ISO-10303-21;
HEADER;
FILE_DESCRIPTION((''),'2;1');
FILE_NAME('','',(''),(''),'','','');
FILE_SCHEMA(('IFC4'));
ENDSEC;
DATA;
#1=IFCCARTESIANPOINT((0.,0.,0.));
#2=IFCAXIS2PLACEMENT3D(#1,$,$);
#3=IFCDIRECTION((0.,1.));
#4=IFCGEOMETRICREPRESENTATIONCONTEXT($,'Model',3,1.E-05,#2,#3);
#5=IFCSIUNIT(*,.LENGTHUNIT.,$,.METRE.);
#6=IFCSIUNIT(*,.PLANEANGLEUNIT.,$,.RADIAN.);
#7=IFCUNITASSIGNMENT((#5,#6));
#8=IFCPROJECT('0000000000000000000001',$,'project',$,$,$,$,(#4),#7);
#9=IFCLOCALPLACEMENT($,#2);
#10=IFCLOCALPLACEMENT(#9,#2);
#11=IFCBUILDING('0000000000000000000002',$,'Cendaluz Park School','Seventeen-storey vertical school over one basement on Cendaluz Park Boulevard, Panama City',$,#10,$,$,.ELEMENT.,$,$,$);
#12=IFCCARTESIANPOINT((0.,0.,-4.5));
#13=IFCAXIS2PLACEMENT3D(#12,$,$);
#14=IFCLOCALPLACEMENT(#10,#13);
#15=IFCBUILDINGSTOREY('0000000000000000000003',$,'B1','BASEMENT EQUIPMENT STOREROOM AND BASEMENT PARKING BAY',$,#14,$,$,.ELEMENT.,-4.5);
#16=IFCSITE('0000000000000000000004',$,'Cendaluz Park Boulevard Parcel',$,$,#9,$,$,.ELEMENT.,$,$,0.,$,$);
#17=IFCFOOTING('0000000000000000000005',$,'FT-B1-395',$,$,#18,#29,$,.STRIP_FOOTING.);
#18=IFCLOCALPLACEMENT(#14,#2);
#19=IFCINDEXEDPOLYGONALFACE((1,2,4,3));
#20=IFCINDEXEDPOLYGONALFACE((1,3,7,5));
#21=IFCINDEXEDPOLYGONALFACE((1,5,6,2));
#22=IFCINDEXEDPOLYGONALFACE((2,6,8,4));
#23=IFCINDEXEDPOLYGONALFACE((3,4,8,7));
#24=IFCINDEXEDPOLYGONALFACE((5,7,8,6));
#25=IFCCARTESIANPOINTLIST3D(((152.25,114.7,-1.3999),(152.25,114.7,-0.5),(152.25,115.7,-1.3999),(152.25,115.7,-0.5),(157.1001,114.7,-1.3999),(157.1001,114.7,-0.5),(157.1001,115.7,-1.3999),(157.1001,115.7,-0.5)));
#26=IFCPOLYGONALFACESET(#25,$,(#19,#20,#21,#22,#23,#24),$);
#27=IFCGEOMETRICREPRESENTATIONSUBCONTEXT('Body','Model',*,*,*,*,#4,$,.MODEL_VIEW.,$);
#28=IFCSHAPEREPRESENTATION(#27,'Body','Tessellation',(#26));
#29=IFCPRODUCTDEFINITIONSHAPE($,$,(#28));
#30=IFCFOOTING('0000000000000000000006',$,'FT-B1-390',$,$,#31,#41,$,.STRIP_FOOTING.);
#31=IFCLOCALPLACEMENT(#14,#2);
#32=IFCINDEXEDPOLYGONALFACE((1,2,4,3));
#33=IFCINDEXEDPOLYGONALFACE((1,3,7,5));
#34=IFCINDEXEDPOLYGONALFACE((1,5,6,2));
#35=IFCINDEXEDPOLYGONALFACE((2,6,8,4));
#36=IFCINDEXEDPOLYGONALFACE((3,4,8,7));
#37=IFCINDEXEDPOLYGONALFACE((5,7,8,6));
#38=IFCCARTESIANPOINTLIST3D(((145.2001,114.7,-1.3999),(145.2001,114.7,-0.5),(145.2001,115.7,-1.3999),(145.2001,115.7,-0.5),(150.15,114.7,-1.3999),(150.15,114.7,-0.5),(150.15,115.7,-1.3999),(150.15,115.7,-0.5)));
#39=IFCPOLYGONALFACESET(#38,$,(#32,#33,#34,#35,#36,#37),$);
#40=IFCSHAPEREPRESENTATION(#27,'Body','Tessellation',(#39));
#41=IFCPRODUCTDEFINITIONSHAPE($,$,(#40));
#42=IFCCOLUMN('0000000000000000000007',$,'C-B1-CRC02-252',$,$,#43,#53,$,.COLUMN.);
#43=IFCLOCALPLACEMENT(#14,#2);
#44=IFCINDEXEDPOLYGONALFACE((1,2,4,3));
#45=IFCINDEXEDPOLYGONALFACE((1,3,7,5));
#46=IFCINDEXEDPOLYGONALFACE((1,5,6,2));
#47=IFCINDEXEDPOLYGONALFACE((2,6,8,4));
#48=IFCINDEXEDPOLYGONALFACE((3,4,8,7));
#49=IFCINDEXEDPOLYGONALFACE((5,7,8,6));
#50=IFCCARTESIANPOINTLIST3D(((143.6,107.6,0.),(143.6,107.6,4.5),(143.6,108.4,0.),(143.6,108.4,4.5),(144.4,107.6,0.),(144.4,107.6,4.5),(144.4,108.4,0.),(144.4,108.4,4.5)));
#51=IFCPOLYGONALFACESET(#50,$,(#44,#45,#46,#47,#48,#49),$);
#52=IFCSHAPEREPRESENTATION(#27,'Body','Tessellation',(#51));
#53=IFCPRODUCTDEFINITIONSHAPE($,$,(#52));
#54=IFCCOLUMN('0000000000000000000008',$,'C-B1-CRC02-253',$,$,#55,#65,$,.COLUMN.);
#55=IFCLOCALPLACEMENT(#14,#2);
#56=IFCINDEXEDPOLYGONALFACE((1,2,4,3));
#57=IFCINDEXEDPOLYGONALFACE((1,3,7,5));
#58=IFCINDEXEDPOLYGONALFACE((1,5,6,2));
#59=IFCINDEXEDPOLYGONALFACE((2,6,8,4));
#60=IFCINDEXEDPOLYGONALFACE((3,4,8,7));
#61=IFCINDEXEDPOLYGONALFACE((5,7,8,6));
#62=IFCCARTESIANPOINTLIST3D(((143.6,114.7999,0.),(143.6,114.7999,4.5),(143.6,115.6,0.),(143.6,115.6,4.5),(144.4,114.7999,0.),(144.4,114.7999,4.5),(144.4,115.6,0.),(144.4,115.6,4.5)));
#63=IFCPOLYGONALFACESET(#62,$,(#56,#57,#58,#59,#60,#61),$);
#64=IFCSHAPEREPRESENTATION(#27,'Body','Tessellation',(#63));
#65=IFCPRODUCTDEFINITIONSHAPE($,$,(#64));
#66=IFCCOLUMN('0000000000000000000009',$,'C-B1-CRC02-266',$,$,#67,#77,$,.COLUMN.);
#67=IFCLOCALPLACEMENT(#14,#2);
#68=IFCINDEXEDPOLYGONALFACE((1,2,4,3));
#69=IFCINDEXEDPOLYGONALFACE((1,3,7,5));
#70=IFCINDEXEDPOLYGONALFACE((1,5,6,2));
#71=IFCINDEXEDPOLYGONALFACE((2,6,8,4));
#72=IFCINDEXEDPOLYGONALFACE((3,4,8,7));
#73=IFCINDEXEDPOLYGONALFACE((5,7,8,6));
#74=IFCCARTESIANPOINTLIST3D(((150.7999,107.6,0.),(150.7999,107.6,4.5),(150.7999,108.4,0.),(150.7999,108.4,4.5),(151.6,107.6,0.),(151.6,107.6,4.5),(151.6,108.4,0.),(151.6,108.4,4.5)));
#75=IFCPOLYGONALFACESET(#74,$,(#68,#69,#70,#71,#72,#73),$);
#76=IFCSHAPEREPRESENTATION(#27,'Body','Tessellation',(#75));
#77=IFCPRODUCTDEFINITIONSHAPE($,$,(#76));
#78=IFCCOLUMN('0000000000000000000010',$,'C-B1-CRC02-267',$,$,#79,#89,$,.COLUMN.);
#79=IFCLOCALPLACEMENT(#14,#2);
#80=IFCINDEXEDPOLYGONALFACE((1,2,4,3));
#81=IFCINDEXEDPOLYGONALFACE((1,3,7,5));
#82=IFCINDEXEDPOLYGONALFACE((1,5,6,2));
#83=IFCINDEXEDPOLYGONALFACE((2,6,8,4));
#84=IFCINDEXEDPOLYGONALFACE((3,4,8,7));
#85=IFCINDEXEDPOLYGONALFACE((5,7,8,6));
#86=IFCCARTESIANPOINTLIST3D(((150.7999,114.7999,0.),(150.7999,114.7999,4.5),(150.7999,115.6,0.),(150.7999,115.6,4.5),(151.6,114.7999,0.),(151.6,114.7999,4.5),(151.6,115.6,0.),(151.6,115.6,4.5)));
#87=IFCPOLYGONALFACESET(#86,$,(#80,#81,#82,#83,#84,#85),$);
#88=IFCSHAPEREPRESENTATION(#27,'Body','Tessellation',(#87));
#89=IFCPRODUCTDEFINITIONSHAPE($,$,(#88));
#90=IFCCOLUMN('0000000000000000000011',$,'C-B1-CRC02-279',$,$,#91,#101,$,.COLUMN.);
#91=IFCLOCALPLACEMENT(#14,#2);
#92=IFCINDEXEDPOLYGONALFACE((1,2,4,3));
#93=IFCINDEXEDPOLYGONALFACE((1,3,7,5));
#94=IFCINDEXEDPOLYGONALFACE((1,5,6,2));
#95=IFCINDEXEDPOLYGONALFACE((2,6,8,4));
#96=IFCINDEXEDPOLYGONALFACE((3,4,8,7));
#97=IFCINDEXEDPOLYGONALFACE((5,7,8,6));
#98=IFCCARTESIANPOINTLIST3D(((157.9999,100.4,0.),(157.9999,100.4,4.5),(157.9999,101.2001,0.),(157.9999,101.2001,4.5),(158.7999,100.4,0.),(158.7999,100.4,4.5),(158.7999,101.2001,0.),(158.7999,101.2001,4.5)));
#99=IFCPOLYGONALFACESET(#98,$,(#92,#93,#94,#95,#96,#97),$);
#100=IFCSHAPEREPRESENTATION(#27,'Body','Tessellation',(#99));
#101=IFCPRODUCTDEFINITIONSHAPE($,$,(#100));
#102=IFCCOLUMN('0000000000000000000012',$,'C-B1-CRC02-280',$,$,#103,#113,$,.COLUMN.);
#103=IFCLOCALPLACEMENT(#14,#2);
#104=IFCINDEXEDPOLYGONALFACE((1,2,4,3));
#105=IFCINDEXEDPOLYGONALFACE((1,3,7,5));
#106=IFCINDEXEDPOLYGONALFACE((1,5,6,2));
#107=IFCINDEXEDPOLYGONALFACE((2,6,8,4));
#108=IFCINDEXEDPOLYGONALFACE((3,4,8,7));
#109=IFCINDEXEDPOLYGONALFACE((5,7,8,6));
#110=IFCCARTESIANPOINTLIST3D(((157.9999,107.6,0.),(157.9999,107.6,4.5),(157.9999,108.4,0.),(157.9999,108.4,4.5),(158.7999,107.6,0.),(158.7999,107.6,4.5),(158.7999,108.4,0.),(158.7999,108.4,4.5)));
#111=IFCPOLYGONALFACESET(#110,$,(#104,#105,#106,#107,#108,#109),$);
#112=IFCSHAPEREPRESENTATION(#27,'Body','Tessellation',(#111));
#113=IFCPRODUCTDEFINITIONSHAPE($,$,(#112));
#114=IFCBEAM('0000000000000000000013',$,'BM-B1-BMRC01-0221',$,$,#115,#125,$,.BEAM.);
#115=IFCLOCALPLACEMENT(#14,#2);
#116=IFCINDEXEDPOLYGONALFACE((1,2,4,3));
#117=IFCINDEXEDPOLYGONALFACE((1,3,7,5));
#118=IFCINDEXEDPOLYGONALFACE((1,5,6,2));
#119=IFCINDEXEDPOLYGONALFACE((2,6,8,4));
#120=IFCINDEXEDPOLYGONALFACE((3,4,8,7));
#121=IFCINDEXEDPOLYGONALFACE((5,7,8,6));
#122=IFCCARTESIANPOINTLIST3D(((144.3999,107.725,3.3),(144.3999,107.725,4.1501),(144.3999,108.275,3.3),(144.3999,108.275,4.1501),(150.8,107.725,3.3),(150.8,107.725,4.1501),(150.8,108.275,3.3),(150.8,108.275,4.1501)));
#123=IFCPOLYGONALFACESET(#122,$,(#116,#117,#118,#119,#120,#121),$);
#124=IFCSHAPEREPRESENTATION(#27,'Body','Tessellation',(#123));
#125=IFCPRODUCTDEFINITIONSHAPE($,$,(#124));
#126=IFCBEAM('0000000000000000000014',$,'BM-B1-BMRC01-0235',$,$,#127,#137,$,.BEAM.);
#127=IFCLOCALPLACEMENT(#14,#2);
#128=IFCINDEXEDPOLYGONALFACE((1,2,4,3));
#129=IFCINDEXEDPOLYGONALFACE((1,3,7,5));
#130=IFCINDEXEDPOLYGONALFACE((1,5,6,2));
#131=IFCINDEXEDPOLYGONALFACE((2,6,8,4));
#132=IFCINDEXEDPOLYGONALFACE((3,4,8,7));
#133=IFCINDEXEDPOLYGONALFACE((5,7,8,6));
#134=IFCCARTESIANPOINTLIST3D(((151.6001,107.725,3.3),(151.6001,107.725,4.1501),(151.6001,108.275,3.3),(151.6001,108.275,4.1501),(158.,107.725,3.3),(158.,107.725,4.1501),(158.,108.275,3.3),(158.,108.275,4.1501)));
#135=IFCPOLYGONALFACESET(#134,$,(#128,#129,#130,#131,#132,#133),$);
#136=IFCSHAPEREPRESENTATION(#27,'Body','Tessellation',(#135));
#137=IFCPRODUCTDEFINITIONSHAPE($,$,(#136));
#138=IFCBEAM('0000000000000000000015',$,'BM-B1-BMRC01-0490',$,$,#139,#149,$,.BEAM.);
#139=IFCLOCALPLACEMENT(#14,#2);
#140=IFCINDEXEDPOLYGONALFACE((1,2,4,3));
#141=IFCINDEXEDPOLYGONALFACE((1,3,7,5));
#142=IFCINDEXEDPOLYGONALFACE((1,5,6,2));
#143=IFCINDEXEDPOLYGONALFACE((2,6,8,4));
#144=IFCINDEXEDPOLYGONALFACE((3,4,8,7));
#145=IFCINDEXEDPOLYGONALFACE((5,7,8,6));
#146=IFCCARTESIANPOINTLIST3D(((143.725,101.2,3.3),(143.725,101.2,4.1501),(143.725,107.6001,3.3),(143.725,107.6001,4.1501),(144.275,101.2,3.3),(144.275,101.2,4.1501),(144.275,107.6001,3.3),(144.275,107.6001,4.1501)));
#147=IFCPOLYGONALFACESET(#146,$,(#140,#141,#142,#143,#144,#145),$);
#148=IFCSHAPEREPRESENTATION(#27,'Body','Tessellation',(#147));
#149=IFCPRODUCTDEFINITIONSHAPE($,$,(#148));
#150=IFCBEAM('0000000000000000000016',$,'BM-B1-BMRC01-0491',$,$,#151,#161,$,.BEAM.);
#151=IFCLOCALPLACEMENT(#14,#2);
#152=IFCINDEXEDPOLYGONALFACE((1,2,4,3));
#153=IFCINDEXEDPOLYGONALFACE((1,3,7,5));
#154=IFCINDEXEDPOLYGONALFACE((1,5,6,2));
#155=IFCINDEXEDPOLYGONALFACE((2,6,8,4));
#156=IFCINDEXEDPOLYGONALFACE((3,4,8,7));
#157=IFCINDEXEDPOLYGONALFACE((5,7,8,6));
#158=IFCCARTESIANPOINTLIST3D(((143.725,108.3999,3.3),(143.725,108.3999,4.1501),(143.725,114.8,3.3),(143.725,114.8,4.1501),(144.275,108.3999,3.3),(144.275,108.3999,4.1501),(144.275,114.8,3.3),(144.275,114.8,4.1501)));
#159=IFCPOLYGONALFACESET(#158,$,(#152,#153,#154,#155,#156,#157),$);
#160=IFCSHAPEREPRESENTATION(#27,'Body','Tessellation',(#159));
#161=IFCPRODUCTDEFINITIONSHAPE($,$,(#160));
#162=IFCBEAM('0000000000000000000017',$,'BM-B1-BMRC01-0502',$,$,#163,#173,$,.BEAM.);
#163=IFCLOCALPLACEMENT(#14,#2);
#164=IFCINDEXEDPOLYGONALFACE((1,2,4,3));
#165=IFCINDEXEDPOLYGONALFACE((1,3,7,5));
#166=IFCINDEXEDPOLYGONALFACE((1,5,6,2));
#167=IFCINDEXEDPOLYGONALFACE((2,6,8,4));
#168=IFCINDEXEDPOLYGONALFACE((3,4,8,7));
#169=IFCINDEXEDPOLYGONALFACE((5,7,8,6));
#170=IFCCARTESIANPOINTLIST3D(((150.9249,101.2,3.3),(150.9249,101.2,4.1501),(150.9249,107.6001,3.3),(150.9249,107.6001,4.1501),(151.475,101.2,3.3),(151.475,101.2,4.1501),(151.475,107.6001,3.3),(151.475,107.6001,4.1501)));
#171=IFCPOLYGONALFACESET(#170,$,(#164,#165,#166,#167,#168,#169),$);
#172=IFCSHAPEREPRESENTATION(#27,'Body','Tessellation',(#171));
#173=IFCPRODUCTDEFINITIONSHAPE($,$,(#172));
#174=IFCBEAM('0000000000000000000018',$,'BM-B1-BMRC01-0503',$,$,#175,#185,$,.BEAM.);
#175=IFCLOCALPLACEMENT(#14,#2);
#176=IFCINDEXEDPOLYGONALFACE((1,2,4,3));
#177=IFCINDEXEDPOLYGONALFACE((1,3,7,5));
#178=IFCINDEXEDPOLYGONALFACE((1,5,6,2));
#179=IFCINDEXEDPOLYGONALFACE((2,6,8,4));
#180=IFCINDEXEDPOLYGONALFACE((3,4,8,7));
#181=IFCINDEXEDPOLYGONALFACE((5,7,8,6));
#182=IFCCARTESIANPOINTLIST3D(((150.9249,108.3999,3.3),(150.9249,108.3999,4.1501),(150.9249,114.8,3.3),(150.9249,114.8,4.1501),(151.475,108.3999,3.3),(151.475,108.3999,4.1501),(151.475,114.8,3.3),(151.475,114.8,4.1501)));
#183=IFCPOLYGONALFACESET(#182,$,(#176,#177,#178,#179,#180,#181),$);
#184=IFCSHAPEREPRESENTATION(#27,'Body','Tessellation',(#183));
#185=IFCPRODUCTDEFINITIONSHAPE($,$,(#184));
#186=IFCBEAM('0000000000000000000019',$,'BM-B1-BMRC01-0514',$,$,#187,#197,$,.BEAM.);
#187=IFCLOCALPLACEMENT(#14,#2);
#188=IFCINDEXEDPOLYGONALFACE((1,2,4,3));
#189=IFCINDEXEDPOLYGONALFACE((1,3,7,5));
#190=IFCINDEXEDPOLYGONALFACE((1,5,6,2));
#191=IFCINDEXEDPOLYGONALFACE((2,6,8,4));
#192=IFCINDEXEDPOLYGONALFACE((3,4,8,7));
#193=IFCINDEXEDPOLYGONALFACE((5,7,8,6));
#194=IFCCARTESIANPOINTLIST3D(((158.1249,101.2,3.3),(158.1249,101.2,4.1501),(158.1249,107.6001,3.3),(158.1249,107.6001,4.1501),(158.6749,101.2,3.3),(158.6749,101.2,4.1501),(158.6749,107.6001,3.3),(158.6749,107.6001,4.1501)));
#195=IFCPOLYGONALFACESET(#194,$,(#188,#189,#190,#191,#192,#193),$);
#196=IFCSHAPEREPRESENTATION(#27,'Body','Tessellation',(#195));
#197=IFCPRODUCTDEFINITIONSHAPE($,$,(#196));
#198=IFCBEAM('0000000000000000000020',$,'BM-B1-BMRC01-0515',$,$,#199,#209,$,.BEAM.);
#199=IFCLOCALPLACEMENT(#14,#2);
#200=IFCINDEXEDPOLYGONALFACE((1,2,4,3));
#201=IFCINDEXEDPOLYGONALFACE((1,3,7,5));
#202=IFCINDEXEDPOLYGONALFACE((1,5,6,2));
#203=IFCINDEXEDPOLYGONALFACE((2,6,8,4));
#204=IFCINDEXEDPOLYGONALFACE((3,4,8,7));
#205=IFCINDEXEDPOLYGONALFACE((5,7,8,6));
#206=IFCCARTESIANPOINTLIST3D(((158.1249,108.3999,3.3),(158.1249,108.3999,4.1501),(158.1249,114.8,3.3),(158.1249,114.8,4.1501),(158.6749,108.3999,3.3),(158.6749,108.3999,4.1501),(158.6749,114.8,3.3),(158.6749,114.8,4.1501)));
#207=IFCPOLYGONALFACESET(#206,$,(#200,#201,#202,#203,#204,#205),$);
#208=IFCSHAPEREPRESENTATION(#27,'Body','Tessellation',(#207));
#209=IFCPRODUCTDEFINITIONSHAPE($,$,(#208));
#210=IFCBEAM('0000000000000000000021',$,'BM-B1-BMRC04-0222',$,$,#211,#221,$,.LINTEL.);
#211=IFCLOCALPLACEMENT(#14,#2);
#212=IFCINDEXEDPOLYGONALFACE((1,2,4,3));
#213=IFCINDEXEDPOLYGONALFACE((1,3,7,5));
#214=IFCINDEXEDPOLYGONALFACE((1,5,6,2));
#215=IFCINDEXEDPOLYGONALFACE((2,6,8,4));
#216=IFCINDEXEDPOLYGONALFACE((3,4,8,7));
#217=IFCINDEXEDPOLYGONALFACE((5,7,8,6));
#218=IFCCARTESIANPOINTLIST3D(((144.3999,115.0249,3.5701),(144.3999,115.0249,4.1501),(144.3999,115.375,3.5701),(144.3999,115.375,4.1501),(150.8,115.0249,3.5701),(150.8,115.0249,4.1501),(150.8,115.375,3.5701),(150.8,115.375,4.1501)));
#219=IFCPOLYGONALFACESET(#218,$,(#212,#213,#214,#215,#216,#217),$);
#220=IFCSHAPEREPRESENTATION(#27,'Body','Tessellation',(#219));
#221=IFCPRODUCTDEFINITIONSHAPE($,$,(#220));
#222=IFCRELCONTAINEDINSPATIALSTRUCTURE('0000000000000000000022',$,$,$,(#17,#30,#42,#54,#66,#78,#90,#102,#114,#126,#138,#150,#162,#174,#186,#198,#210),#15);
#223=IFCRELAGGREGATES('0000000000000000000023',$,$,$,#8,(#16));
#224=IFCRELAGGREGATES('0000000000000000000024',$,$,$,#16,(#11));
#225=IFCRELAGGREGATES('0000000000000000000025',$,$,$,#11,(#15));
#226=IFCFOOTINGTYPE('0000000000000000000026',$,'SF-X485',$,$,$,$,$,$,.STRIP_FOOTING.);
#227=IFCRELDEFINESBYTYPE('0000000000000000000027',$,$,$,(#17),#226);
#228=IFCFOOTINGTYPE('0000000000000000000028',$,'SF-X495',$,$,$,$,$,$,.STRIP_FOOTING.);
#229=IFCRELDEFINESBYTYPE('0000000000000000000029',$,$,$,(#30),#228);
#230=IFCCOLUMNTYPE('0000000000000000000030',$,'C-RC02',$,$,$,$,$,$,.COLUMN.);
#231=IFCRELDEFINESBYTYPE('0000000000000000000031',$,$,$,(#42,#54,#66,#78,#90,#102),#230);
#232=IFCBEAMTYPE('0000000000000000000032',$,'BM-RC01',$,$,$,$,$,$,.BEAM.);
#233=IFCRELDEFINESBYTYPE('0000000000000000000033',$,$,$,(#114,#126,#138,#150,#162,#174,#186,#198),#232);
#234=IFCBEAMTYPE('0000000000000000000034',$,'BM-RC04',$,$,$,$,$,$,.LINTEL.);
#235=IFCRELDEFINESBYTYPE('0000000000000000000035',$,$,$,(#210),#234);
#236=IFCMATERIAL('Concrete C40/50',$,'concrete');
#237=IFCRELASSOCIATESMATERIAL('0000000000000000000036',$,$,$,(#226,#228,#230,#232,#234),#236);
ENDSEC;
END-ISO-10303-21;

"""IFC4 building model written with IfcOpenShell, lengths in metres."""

from ifc_helpers import new_model, si_unit, direction, frame, origin, origin_2d, place, context, subcontext, project, spatial, rectangle, extrude, material, material_profile, profile_set, type_object, element, save


model = new_model("IFC4")

# Units and contexts
model_context = context("Model", 3, precision=1e-05, world=origin(), true_north=direction((0.0, 1.0)))
body_context = subcontext(model_context, "Body", "Model", "MODEL_VIEW")
ifc_project = project(units=[si_unit("LENGTHUNIT", "METRE"), si_unit("PLANEANGLEUNIT", "RADIAN")], contexts=[model_context])

# Site, building, storey
site_placement = place(None, origin())
site = spatial("IfcSite", under=ifc_project, at=site_placement, Name="Cendaluz Park Boulevard Parcel", CompositionType="ELEMENT", RefElevation=0.0)
building_placement = place(site_placement, origin())
building = spatial("IfcBuilding", under=site, at=building_placement, Name="Cendaluz Park School", Description="Seventeen-storey vertical school over one basement on Cendaluz Park Boulevard, Panama City", CompositionType="ELEMENT")
storey_placement = place(building_placement, frame((0.0, 0.0, -4.5)))
storey = spatial("IfcBuildingStorey", under=building, at=storey_placement, Name="B1", Description="BASEMENT EQUIPMENT STOREROOM AND BASEMENT PARKING BAY", CompositionType="ELEMENT", Elevation=-4.5)

# Shared definitions
ifc_material_1 = material(Name="Concrete C40/50", Category="concrete")

# Footings
footing_type_1 = type_object("IfcFootingType", Name="SF-X485", PredefinedType="STRIP_FOOTING", material=ifc_material_1)
footing_1_placement = place(storey_placement, frame((154.675, 115.2, -1.3999), z_axis=(0.0, 0.0, 1.0), x_axis=(1.0, 0.0, 0.0)))
element("IfcFooting", 1, at=footing_1_placement, inside=storey, type_object=footing_type_1, Name="FT-B1-395", PredefinedType="STRIP_FOOTING", context=body_context, shape_type="SweptSolid", body=[
    extrude(rectangle(XDim=4.8501, YDim=1.0, at=origin_2d()), origin(), (0.0, 0.0, 1.0), 0.8999),
])
footing_type_2 = type_object("IfcFootingType", Name="SF-X495", PredefinedType="STRIP_FOOTING", material=ifc_material_1)
footing_2_placement = place(storey_placement, frame((147.675, 115.2, -1.3999), z_axis=(0.0, 0.0, 1.0), x_axis=(1.0, 0.0, 0.0)))
element("IfcFooting", 2, at=footing_2_placement, inside=storey, type_object=footing_type_2, Name="FT-B1-390", PredefinedType="STRIP_FOOTING", context=body_context, shape_type="SweptSolid", body=[
    extrude(rectangle(XDim=4.95, YDim=1.0, at=origin_2d()), origin(), (0.0, 0.0, 1.0), 0.8999),
])

# Columns
ifc_material_profile_1 = material_profile(ifc_material_1, rectangle(XDim=0.8, YDim=0.8, at=origin_2d()), Name="RC 800x800", Category="concrete")
ifc_profile_set_1 = profile_set([ifc_material_profile_1], Name="Concrete C40/50")
column_type = type_object("IfcColumnType", Name="C-RC02", PredefinedType="COLUMN", material=ifc_profile_set_1)
for number, where, z_axis, x_axis, name in (
    (3, (144.0, 108.0, 0.0), (0.0, 0.0, 1.0), (1.0, 0.0, 0.0), "C-B1-CRC02-252"),
    (4, (144.0, 115.2, 0.0), (0.0, 0.0, 1.0), (1.0, 0.0, 0.0), "C-B1-CRC02-253"),
    (5, (151.2, 108.0, 0.0), (0.0, 0.0, 1.0), (1.0, 0.0, 0.0), "C-B1-CRC02-266"),
    (6, (151.2, 115.2, 0.0), (0.0, 0.0, 1.0), (1.0, 0.0, 0.0), "C-B1-CRC02-267"),
    (7, (158.3999, 100.8, 0.0), (0.0, 0.0, 1.0), (1.0, 0.0, 0.0), "C-B1-CRC02-279"),
    (8, (158.3999, 108.0, 0.0), (0.0, 0.0, 1.0), (1.0, 0.0, 0.0), "C-B1-CRC02-280"),
):
    element("IfcColumn", number, at=place(storey_placement, frame(where, z_axis=z_axis, x_axis=x_axis)), inside=storey, type_object=column_type, Name=name, PredefinedType="COLUMN", context=body_context, shape_type="SweptSolid", body=[
        extrude(rectangle(XDim=0.8, YDim=0.8, at=origin_2d()), origin(), (0.0, 0.0, 1.0), 4.5),
    ])

# Beams
ifc_material_profile_2 = material_profile(ifc_material_1, rectangle(XDim=0.55, YDim=0.8501, at=origin_2d()), Name="RC 550x850", Category="concrete")
ifc_profile_set_2 = profile_set([ifc_material_profile_2], Name="Concrete C40/50")
beam_type_1 = type_object("IfcBeamType", Name="BM-RC01", PredefinedType="BEAM", material=ifc_profile_set_2)
beam_1_placement = place(storey_placement, frame((144.3999, 108.0, 3.7251), z_axis=(1.0, 0.0, 0.0), x_axis=(0.0, 1.0, 0.0)))
element("IfcBeam", 9, at=beam_1_placement, inside=storey, type_object=beam_type_1, Name="BM-B1-BMRC01-0221", PredefinedType="BEAM", context=body_context, shape_type="SweptSolid", body=[
    extrude(rectangle(XDim=0.55, YDim=0.8501, at=origin_2d()), origin(), (0.0, 0.0, 1.0), 6.4001),
])
beam_2_placement = place(storey_placement, frame((151.6001, 108.0, 3.7251), z_axis=(1.0, 0.0, 0.0), x_axis=(0.0, 1.0, 0.0)))
element("IfcBeam", 10, at=beam_2_placement, inside=storey, type_object=beam_type_1, Name="BM-B1-BMRC01-0235", PredefinedType="BEAM", context=body_context, shape_type="SweptSolid", body=[
    extrude(rectangle(XDim=0.55, YDim=0.8501, at=origin_2d()), origin(), (0.0, 0.0, 1.0), 6.3999),
])
for number, where, z_axis, x_axis, name in (
    (11, (144.0, 101.2, 3.7251), (0.0, 1.0, 0.0), (-1.0, 0.0, 0.0), "BM-B1-BMRC01-0490"),
    (12, (144.0, 108.3999, 3.7251), (0.0, 1.0, 0.0), (-1.0, 0.0, 0.0), "BM-B1-BMRC01-0491"),
    (13, (151.2, 101.2, 3.7251), (0.0, 1.0, 0.0), (-1.0, 0.0, 0.0), "BM-B1-BMRC01-0502"),
    (14, (151.2, 108.3999, 3.7251), (0.0, 1.0, 0.0), (-1.0, 0.0, 0.0), "BM-B1-BMRC01-0503"),
    (15, (158.3999, 101.2, 3.7251), (0.0, 1.0, 0.0), (-1.0, 0.0, 0.0), "BM-B1-BMRC01-0514"),
    (16, (158.3999, 108.3999, 3.7251), (0.0, 1.0, 0.0), (-1.0, 0.0, 0.0), "BM-B1-BMRC01-0515"),
):
    element("IfcBeam", number, at=place(storey_placement, frame(where, z_axis=z_axis, x_axis=x_axis)), inside=storey, type_object=beam_type_1, Name=name, PredefinedType="BEAM", context=body_context, shape_type="SweptSolid", body=[
        extrude(rectangle(XDim=0.55, YDim=0.8501, at=origin_2d()), origin(), (0.0, 0.0, 1.0), 6.4001),
    ])
ifc_material_profile_3 = material_profile(ifc_material_1, rectangle(XDim=0.3501, YDim=0.5801, at=origin_2d()), Name="RC 350x580", Category="concrete")
ifc_profile_set_3 = profile_set([ifc_material_profile_3], Name="Concrete C40/50")
beam_type_2 = type_object("IfcBeamType", Name="BM-RC04", PredefinedType="LINTEL", material=ifc_profile_set_3)
beam_3_placement = place(storey_placement, frame((144.3999, 115.2, 3.8601), z_axis=(1.0, 0.0, 0.0), x_axis=(0.0, 1.0, 0.0)))
element("IfcBeam", 17, at=beam_3_placement, inside=storey, type_object=beam_type_2, Name="BM-B1-BMRC04-0222", PredefinedType="LINTEL", context=body_context, shape_type="SweptSolid", body=[
    extrude(rectangle(XDim=0.3501, YDim=0.5801, at=origin_2d()), origin(), (0.0, 0.0, 1.0), 6.4001),
])

save(model, "model.ifc")
